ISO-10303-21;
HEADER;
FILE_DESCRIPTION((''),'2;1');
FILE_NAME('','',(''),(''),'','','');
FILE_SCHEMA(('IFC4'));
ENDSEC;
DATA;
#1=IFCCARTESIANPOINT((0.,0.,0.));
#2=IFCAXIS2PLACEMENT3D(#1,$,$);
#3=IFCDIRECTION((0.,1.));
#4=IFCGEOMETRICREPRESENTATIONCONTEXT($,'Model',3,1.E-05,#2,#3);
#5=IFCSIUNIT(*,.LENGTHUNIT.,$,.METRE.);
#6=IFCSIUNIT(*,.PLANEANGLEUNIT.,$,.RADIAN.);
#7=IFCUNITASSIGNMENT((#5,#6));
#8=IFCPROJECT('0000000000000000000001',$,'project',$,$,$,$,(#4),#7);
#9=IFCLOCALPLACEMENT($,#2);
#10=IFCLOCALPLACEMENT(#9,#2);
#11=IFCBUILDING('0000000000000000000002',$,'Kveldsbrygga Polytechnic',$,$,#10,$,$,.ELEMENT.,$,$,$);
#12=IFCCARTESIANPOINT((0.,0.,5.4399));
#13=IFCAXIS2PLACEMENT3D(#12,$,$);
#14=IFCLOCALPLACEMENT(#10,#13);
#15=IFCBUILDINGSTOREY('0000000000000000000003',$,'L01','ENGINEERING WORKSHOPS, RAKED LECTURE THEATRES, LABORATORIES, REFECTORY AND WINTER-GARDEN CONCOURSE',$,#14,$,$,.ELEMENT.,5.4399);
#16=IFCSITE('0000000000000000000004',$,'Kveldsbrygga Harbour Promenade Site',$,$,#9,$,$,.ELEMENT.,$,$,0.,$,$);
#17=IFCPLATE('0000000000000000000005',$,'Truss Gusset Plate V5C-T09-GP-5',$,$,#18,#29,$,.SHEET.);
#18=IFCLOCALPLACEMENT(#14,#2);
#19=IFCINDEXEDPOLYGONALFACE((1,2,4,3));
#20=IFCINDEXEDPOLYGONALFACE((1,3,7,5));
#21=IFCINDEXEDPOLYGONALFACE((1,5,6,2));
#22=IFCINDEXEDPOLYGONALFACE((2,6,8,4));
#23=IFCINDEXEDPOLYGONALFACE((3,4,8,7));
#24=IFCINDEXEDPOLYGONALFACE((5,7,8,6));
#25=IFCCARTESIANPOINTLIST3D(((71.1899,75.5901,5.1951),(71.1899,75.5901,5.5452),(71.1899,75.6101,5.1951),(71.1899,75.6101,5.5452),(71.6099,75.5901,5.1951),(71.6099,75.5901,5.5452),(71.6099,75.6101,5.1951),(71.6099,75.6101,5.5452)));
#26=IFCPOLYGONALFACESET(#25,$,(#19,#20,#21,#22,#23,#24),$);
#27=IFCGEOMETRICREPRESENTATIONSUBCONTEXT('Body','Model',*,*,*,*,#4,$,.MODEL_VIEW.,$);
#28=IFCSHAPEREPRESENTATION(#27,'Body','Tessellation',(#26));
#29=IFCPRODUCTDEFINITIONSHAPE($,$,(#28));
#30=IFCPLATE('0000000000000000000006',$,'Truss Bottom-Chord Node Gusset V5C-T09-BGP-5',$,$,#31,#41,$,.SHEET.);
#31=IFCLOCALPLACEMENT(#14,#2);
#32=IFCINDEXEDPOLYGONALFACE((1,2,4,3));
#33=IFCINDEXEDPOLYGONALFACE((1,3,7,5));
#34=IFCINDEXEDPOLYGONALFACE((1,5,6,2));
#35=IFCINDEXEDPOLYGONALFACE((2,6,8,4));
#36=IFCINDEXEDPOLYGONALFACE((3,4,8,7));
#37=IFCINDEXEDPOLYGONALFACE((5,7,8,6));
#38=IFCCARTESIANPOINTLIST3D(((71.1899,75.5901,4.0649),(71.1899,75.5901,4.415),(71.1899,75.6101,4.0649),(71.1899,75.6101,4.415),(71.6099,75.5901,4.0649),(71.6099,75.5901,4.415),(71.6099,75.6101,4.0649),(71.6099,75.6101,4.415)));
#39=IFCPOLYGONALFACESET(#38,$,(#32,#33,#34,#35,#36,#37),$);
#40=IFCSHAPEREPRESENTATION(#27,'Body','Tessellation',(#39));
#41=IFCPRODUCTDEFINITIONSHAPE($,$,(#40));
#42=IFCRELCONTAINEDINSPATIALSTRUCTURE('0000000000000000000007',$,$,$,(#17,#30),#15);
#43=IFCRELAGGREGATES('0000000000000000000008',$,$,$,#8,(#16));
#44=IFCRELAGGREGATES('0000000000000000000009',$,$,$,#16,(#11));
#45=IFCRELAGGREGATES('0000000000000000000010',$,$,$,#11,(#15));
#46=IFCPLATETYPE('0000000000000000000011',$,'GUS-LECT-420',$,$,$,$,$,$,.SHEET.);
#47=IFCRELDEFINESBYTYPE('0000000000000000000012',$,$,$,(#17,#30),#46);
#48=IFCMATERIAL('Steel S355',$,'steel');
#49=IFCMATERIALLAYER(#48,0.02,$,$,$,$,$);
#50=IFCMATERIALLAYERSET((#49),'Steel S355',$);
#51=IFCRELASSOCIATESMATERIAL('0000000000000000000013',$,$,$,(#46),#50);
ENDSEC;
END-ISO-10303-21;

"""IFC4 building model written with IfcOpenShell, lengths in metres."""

from ifc_helpers import new_model, si_unit, direction, frame, origin, origin_2d, place, context, subcontext, project, spatial, rectangle, extrude, material, layer, layer_set, type_object, element, save


model = new_model("IFC4")

# Units and contexts
model_context = context("Model", 3, precision=1e-05, world=origin(), true_north=direction((0.0, 1.0)))
body_context = subcontext(model_context, "Body", "Model", "MODEL_VIEW")
ifc_project = project(units=[si_unit("LENGTHUNIT", "METRE"), si_unit("PLANEANGLEUNIT", "RADIAN")], contexts=[model_context])

# Site, building, storey
site_placement = place(None, origin())
site = spatial("IfcSite", under=ifc_project, at=site_placement, Name="Kveldsbrygga Harbour Promenade Site", CompositionType="ELEMENT", RefElevation=0.0)
building_placement = place(site_placement, origin())
building = spatial("IfcBuilding", under=site, at=building_placement, Name="Kveldsbrygga Polytechnic", CompositionType="ELEMENT")
storey_placement = place(building_placement, frame((0.0, 0.0, 5.4399)))
storey = spatial("IfcBuildingStorey", under=building, at=storey_placement, Name="L01", Description="ENGINEERING WORKSHOPS, RAKED LECTURE THEATRES, LABORATORIES, REFECTORY AND WINTER-GARDEN CONCOURSE", CompositionType="ELEMENT", Elevation=5.4399)

# Shared definitions
ifc_material_1 = material(Name="Steel S355", Category="steel")

# Plates
ifc_layer_1 = layer(ifc_material_1, 0.02)
ifc_layer_set_1 = layer_set([ifc_layer_1], Name="Steel S355")
plate_type_1 = type_object("IfcPlateType", Name="GUS-LECT-420", PredefinedType="SHEET", material=ifc_layer_set_1)
for number, where, z_axis, x_axis, name in (
    (1, (71.3999, 75.6001, 5.1951), (0.0, 0.0, 1.0), (1.0, 0.0, 0.0), "Truss Gusset Plate V5C-T09-GP-5"),
    (2, (71.3999, 75.6001, 4.0649), (0.0, 0.0, 1.0), (1.0, 0.0, 0.0), "Truss Bottom-Chord Node Gusset V5C-T09-BGP-5"),
):
    element("IfcPlate", number, at=place(storey_placement, frame(where, z_axis=z_axis, x_axis=x_axis)), inside=storey, type_object=plate_type_1, Name=name, PredefinedType="SHEET", context=body_context, shape_type="SweptSolid", body=[
        extrude(rectangle(XDim=0.4199, YDim=0.02, at=origin_2d()), origin(), (0.0, 0.0, 1.0), 0.3501),
    ])

save(model, "model.ifc")
